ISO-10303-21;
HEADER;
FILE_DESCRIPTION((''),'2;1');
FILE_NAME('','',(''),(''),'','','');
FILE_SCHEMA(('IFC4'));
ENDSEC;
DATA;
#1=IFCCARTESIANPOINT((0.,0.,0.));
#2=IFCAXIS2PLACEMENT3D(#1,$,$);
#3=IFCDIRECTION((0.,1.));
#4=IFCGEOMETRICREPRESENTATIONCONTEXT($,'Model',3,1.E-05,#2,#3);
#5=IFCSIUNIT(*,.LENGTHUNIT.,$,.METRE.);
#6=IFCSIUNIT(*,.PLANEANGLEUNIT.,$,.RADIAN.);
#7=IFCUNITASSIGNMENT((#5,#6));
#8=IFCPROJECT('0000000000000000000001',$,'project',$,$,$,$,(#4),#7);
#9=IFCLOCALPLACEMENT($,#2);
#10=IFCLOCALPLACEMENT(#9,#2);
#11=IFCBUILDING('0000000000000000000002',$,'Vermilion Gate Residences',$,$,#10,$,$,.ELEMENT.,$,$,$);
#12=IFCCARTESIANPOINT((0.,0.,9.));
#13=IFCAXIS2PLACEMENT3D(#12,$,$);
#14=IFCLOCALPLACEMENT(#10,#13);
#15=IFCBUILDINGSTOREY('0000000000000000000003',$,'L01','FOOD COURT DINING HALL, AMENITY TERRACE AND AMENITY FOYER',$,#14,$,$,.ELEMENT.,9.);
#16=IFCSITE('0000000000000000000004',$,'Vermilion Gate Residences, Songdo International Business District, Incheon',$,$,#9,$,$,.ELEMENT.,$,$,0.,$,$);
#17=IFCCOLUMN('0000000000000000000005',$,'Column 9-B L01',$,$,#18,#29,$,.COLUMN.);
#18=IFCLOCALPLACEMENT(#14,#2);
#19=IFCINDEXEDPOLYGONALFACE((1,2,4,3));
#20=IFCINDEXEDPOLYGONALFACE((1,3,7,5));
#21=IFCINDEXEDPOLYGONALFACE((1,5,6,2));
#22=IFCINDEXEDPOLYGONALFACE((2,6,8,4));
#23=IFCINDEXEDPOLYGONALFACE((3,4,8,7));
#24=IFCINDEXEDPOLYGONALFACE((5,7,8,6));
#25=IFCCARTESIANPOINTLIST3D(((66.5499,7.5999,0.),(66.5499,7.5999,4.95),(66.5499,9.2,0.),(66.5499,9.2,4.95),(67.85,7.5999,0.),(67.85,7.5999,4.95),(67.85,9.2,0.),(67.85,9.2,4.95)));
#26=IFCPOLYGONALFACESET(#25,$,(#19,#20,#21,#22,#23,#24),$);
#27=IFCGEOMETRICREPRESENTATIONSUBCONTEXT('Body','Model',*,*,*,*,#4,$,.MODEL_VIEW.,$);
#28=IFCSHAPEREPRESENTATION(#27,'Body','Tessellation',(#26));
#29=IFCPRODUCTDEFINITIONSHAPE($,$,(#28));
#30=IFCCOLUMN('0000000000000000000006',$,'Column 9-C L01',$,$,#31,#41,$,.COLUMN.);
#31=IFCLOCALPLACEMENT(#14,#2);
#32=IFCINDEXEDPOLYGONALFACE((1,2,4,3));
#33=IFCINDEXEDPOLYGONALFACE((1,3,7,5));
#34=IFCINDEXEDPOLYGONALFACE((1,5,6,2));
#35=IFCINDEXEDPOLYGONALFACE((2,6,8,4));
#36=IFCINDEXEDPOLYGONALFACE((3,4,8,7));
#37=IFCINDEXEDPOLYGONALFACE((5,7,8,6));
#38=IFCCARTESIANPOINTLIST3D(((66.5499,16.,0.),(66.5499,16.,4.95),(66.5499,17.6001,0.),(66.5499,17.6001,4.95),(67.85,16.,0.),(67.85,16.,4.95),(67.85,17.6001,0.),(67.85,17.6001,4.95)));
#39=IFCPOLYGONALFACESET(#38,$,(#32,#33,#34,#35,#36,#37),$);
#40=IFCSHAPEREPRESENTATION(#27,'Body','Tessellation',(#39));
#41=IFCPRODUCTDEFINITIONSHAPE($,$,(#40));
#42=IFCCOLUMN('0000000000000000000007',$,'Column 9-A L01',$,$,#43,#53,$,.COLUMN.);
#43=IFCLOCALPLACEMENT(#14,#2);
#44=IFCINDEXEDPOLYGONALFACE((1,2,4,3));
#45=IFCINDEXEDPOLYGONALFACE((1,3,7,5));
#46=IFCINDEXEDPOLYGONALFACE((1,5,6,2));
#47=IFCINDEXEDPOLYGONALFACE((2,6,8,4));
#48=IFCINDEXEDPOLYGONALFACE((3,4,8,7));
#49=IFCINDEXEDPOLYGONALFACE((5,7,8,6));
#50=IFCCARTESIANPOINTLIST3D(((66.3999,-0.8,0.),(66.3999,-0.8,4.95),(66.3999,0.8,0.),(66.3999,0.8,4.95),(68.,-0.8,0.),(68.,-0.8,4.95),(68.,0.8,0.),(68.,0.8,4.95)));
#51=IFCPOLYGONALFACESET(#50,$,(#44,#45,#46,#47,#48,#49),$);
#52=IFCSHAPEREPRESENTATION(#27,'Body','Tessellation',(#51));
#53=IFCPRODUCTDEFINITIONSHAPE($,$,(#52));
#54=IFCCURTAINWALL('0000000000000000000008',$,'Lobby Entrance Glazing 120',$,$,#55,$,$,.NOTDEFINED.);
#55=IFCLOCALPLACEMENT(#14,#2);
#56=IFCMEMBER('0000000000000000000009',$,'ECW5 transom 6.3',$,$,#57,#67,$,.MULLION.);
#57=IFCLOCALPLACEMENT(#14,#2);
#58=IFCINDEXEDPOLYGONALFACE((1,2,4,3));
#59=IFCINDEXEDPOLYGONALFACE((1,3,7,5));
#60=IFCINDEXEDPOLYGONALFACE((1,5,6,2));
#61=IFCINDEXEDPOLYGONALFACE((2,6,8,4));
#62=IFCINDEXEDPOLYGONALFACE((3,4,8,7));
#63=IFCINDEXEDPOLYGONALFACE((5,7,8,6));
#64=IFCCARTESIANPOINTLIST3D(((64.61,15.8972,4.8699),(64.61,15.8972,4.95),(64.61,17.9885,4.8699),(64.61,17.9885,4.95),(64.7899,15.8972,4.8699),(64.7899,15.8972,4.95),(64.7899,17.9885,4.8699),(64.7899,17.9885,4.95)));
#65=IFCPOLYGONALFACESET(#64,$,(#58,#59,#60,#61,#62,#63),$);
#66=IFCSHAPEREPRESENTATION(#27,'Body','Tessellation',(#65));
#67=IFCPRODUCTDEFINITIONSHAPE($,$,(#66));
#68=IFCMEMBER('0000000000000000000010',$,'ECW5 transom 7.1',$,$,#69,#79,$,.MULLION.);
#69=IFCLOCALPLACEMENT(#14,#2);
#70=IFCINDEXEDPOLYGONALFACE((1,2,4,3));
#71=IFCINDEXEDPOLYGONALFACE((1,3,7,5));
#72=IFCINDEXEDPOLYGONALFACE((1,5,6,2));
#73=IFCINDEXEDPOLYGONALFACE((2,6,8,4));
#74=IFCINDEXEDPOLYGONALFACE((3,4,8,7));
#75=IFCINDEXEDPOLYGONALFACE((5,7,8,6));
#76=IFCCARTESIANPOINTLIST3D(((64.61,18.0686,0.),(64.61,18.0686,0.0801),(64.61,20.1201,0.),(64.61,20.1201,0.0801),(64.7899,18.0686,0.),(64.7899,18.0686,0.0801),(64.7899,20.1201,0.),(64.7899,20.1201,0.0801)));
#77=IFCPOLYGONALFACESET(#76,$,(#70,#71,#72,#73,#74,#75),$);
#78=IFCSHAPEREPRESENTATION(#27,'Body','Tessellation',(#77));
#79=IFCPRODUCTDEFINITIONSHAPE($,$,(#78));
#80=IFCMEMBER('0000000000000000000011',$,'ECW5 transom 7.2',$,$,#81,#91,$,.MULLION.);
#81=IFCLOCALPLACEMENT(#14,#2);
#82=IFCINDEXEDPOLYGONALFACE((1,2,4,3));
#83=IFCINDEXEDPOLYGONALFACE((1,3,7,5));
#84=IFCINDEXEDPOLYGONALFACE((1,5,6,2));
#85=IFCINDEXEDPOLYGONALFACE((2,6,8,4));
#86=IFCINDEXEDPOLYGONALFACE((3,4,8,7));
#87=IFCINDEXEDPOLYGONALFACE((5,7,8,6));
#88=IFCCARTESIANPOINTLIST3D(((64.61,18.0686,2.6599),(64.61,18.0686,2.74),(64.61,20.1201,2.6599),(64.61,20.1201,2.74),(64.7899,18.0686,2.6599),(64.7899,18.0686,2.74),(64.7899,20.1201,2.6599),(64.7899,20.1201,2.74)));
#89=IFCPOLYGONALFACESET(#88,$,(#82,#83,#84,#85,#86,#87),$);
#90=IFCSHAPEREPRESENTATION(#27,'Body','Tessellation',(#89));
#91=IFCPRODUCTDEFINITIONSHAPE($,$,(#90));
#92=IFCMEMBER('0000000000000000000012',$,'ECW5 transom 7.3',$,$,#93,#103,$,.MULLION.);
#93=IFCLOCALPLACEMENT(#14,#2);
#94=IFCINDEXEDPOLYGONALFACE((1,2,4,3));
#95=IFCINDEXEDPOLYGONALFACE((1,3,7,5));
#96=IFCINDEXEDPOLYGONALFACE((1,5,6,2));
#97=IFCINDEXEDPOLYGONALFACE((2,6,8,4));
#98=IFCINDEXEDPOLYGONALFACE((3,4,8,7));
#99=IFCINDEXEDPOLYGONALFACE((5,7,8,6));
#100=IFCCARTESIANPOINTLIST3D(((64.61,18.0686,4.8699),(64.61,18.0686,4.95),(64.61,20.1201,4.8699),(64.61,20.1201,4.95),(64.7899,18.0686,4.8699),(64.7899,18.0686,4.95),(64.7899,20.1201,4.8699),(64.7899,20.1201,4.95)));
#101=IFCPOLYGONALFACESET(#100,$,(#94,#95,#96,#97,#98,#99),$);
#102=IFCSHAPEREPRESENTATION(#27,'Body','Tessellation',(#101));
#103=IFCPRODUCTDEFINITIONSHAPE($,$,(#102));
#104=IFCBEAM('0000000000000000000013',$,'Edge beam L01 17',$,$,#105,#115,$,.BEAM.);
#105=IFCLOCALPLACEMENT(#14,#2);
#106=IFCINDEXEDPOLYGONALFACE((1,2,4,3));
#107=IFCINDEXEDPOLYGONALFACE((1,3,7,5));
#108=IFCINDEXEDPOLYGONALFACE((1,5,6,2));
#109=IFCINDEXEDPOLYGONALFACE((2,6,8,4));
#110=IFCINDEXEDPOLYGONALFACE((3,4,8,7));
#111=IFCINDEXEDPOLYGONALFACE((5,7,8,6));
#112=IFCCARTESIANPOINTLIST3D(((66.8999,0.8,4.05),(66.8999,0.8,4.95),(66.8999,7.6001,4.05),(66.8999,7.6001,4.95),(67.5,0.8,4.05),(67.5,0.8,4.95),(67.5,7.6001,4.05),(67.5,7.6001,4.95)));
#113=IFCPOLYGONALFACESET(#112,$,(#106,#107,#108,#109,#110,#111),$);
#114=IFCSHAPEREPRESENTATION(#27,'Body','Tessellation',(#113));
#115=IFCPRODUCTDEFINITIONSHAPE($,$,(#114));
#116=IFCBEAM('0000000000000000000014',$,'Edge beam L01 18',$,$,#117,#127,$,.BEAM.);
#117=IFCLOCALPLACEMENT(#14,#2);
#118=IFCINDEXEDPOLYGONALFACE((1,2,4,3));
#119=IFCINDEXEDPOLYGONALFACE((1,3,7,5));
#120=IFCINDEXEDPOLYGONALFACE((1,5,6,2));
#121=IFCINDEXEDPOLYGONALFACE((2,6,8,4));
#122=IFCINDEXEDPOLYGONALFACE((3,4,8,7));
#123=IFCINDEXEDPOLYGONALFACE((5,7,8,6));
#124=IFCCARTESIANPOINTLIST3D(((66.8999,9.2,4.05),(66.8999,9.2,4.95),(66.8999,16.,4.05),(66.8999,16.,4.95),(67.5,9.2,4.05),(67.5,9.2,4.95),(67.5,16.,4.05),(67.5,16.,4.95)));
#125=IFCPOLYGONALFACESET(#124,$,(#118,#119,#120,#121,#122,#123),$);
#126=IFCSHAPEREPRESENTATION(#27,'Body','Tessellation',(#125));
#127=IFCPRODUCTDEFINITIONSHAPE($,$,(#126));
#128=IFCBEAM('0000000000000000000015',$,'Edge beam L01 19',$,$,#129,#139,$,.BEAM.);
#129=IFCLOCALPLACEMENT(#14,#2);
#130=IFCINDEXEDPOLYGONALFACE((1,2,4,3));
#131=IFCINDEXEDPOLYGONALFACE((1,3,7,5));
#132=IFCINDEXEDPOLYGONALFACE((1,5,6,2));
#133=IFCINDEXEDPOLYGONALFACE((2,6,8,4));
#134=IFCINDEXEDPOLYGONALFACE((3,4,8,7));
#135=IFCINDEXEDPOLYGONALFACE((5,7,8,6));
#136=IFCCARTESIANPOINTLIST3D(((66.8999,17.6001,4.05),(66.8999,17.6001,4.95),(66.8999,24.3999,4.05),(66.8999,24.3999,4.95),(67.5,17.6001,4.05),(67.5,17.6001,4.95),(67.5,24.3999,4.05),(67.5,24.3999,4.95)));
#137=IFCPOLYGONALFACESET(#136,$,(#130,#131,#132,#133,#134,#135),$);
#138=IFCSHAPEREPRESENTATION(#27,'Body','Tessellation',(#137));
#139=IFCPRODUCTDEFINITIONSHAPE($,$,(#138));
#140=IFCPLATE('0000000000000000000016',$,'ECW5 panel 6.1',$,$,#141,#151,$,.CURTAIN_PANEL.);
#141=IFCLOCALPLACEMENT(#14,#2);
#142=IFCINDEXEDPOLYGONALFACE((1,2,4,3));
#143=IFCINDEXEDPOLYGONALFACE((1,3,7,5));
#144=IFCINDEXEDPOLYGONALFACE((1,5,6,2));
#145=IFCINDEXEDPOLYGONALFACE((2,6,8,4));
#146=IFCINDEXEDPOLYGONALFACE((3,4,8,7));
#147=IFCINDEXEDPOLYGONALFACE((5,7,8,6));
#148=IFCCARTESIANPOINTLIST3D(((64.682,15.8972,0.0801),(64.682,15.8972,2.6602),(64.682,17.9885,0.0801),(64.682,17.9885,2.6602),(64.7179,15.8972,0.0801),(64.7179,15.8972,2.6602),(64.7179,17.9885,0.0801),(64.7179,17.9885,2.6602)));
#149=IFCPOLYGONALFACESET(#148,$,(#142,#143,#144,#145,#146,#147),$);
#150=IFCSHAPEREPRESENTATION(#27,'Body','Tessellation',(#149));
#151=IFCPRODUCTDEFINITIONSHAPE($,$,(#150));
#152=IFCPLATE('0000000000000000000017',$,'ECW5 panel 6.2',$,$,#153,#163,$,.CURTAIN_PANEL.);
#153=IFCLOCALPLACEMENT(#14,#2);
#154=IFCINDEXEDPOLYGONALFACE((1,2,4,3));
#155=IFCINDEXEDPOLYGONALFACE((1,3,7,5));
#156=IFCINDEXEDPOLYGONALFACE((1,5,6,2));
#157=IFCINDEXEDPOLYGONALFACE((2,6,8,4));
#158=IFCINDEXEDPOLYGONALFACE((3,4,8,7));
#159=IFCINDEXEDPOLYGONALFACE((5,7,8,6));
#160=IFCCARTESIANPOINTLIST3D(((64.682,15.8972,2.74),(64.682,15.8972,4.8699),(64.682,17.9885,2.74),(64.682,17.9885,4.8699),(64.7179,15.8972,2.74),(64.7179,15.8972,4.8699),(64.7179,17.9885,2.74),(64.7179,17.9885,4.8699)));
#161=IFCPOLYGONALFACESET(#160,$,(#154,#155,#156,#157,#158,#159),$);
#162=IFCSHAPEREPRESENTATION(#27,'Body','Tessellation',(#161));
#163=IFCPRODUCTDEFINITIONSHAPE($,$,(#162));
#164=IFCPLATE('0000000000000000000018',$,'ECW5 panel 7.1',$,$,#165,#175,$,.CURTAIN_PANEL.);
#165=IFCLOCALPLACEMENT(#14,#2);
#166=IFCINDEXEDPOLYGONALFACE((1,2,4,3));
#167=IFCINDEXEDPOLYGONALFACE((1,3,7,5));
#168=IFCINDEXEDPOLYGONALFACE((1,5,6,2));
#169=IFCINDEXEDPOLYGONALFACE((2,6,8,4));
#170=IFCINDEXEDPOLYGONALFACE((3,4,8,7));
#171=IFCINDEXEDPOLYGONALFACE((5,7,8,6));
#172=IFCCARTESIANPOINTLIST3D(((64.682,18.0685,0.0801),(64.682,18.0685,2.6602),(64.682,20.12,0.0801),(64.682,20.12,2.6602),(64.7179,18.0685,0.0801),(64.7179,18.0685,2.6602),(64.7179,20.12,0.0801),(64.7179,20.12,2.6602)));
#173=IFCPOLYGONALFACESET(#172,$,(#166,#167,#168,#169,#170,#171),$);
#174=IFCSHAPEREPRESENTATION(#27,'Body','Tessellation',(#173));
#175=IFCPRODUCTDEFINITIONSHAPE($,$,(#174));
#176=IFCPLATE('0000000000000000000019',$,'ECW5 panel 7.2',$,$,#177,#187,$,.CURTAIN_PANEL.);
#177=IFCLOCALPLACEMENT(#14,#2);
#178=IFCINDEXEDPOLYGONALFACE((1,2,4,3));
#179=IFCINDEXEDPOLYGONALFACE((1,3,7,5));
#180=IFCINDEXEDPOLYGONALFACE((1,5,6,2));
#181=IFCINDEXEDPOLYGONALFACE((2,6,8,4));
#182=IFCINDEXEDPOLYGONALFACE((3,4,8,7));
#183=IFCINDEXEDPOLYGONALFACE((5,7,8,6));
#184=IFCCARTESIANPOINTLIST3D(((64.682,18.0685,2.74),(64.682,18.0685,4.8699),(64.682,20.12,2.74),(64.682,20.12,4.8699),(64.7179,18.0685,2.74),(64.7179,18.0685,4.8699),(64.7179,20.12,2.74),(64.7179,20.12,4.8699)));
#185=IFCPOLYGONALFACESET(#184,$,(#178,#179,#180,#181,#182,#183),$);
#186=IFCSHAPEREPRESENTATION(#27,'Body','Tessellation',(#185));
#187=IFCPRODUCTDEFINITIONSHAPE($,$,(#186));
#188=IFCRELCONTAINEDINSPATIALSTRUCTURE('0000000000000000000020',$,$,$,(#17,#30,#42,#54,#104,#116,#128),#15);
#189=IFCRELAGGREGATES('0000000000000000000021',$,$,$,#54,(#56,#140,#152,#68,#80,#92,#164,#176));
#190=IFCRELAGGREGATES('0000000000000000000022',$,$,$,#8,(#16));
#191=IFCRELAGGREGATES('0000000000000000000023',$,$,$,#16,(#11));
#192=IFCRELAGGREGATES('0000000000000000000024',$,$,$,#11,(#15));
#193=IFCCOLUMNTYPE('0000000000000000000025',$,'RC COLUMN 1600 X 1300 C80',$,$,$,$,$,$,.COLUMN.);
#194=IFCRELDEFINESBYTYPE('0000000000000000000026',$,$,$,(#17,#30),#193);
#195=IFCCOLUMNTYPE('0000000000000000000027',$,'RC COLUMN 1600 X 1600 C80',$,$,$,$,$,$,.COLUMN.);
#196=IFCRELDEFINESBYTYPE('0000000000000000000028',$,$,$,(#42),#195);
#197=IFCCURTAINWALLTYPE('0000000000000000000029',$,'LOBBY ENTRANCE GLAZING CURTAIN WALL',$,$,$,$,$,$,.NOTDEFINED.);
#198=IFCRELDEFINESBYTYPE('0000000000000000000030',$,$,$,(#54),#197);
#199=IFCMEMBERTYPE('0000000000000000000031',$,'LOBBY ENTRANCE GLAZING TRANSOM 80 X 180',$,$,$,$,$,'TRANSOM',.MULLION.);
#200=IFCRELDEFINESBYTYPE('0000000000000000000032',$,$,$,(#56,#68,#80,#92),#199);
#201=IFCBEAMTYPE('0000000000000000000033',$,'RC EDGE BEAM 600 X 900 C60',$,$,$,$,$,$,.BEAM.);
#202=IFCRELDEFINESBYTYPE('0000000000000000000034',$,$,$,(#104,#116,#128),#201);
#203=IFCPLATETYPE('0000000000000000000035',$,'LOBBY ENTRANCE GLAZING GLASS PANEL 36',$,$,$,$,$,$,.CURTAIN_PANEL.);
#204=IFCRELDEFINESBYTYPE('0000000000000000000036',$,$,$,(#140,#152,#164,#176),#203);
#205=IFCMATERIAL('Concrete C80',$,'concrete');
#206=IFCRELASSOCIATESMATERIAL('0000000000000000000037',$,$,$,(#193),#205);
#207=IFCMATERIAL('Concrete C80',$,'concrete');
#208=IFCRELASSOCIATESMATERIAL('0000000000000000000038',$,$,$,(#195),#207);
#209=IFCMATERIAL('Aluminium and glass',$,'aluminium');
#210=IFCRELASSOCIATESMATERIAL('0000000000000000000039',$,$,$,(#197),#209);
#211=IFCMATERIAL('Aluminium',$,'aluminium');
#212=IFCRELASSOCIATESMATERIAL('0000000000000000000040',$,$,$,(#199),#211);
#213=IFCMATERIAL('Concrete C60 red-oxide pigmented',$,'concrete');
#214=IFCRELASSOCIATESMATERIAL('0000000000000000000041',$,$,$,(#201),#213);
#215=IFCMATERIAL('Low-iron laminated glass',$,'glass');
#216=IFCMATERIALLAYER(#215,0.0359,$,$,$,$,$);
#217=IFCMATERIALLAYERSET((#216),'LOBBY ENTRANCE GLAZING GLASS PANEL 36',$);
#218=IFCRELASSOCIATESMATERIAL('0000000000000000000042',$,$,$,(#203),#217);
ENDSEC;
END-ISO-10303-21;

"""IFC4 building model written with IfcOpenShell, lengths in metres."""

from ifc_helpers import new_model, si_unit, direction, frame, origin, origin_2d, place, context, subcontext, project, spatial, rectangle, extrude, material, layer, layer_set, material_profile, profile_set, type_object, element, aggregate, save


model = new_model("IFC4")

# Units and contexts
model_context = context("Model", 3, precision=1e-05, world=origin(), true_north=direction((0.0, 1.0)))
body_context = subcontext(model_context, "Body", "Model", "MODEL_VIEW")
ifc_project = project(units=[si_unit("LENGTHUNIT", "METRE"), si_unit("PLANEANGLEUNIT", "RADIAN")], contexts=[model_context])

# Site, building, storey
site_placement = place(None, origin())
site = spatial("IfcSite", under=ifc_project, at=site_placement, Name="Vermilion Gate Residences, Songdo International Business District, Incheon", CompositionType="ELEMENT", RefElevation=0.0)
building_placement = place(site_placement, origin())
building = spatial("IfcBuilding", under=site, at=building_placement, Name="Vermilion Gate Residences", CompositionType="ELEMENT")
storey_placement = place(building_placement, frame((0.0, 0.0, 9.0)))
storey = spatial("IfcBuildingStorey", under=building, at=storey_placement, Name="L01", Description="FOOD COURT DINING HALL, AMENITY TERRACE AND AMENITY FOYER", CompositionType="ELEMENT", Elevation=9.0)

# Columns
ifc_material_1 = material(Name="Concrete C80", Category="concrete")
ifc_material_profile_1 = material_profile(ifc_material_1, rectangle(XDim=1.6001, YDim=1.3, at=origin_2d()), Name="RC-1600x1300")
ifc_profile_set_1 = profile_set([ifc_material_profile_1], Name="Concrete C80")
column_type_1 = type_object("IfcColumnType", Name="RC COLUMN 1600 X 1300 C80", PredefinedType="COLUMN", material=ifc_profile_set_1)
for number, where, z_axis, x_axis, name in (
    (1, (67.2, 8.3999, 0.0), (0.0, 0.0, 1.0), (0.0, 1.0, 0.0), "Column 9-B L01"),
    (2, (67.2, 16.8, 0.0), (0.0, 0.0, 1.0), (0.0, 1.0, 0.0), "Column 9-C L01"),
):
    element("IfcColumn", number, at=place(storey_placement, frame(where, z_axis=z_axis, x_axis=x_axis)), inside=storey, type_object=column_type_1, Name=name, PredefinedType="COLUMN", context=body_context, shape_type="SweptSolid", body=[
        extrude(rectangle(XDim=1.6001, YDim=1.3, at=origin_2d()), origin(), (0.0, 0.0, 1.0), 4.95),
    ])
ifc_material_2 = material(Name="Concrete C80", Category="concrete")
ifc_material_profile_2 = material_profile(ifc_material_2, rectangle(XDim=1.6001, YDim=1.6001, at=origin_2d()), Name="RC-1600x1600")
ifc_profile_set_2 = profile_set([ifc_material_profile_2], Name="Concrete C80")
column_type_2 = type_object("IfcColumnType", Name="RC COLUMN 1600 X 1600 C80", PredefinedType="COLUMN", material=ifc_profile_set_2)
column_placement = place(storey_placement, frame((67.2, 0.0, 0.0), z_axis=(0.0, 0.0, 1.0), x_axis=(1.0, 0.0, 0.0)))
element("IfcColumn", 3, at=column_placement, inside=storey, type_object=column_type_2, Name="Column 9-A L01", PredefinedType="COLUMN", context=body_context, shape_type="SweptSolid", body=[
    extrude(rectangle(XDim=1.6001, YDim=1.6001, at=origin_2d()), origin(), (0.0, 0.0, 1.0), 4.95),
])

# Curtain wall, members
ifc_material_3 = material(Name="Aluminium and glass", Category="aluminium")
curtain_wall_type = type_object("IfcCurtainWallType", Name="LOBBY ENTRANCE GLAZING CURTAIN WALL", PredefinedType="NOTDEFINED", material=ifc_material_3)
curtain_wall_placement = place(storey_placement, origin())
curtain_wall = element("IfcCurtainWall", 4, at=curtain_wall_placement, inside=storey, type_object=curtain_wall_type, Name="Lobby Entrance Glazing 120", PredefinedType="NOTDEFINED")
ifc_material_4 = material(Name="Aluminium", Category="aluminium")
ifc_material_profile_3 = material_profile(ifc_material_4, rectangle(XDim=0.1799, YDim=0.0801, at=origin_2d()), Name="TRANSOM 80 X 180")
ifc_profile_set_3 = profile_set([ifc_material_profile_3], Name="Aluminium")
member_type = type_object("IfcMemberType", Name="LOBBY ENTRANCE GLAZING TRANSOM 80 X 180", ElementType="TRANSOM", PredefinedType="MULLION", material=ifc_profile_set_3)
member_1_placement = place(storey_placement, frame((64.7, 15.8972, 4.9099), z_axis=(0.0, 1.0, 0.0), x_axis=(-1.0, 0.0, 0.0)))
member_1 = element("IfcMember", 5, at=member_1_placement, type_object=member_type, Name="ECW5 transom 6.3", PredefinedType="MULLION", context=body_context, shape_type="SweptSolid", body=[
    extrude(rectangle(XDim=0.1799, YDim=0.0801, at=origin_2d()), origin(), (0.0, 0.0, 1.0), 2.0913),
])
member_2_placement = place(storey_placement, frame((64.7, 18.0686, 0.04), z_axis=(0.0, 1.0, 0.0), x_axis=(-1.0, 0.0, 0.0)))
member_2 = element("IfcMember", 6, at=member_2_placement, type_object=member_type, Name="ECW5 transom 7.1", PredefinedType="MULLION", context=body_context, shape_type="SweptSolid", body=[
    extrude(rectangle(XDim=0.1799, YDim=0.0801, at=origin_2d()), origin(), (0.0, 0.0, 1.0), 2.0515),
])
member_3_placement = place(storey_placement, frame((64.7, 18.0686, 2.7), z_axis=(0.0, 1.0, 0.0), x_axis=(-1.0, 0.0, 0.0)))
member_3 = element("IfcMember", 7, at=member_3_placement, type_object=member_type, Name="ECW5 transom 7.2", PredefinedType="MULLION", context=body_context, shape_type="SweptSolid", body=[
    extrude(rectangle(XDim=0.1799, YDim=0.0801, at=origin_2d()), origin(), (0.0, 0.0, 1.0), 2.0515),
])
member_4_placement = place(storey_placement, frame((64.7, 18.0686, 4.9099), z_axis=(0.0, 1.0, 0.0), x_axis=(-1.0, 0.0, 0.0)))
member_4 = element("IfcMember", 8, at=member_4_placement, type_object=member_type, Name="ECW5 transom 7.3", PredefinedType="MULLION", context=body_context, shape_type="SweptSolid", body=[
    extrude(rectangle(XDim=0.1799, YDim=0.0801, at=origin_2d()), origin(), (0.0, 0.0, 1.0), 2.0515),
])

# Beams
ifc_material_5 = material(Name="Concrete C60 red-oxide pigmented", Category="concrete")
ifc_material_profile_4 = material_profile(ifc_material_5, rectangle(XDim=0.6001, YDim=0.8999, at=origin_2d()), Name="RC-600x900")
ifc_profile_set_4 = profile_set([ifc_material_profile_4], Name="Concrete C60 red-oxide pigmented")
beam_type = type_object("IfcBeamType", Name="RC EDGE BEAM 600 X 900 C60", PredefinedType="BEAM", material=ifc_profile_set_4)
for number, where, z_axis, x_axis, name in (
    (9, (67.2, 0.8, 4.5), (0.0, 1.0, 0.0), (-1.0, 0.0, 0.0), "Edge beam L01 17"),
    (10, (67.2, 9.2, 4.5), (0.0, 1.0, 0.0), (-1.0, 0.0, 0.0), "Edge beam L01 18"),
):
    element("IfcBeam", number, at=place(storey_placement, frame(where, z_axis=z_axis, x_axis=x_axis)), inside=storey, type_object=beam_type, Name=name, PredefinedType="BEAM", context=body_context, shape_type="SweptSolid", body=[
        extrude(rectangle(XDim=0.6001, YDim=0.8999, at=origin_2d()), origin(), (0.0, 0.0, 1.0), 6.8),
    ])
beam_placement = place(storey_placement, frame((67.2, 17.6001, 4.5), z_axis=(0.0, 1.0, 0.0), x_axis=(-1.0, 0.0, 0.0)))
element("IfcBeam", 11, at=beam_placement, inside=storey, type_object=beam_type, Name="Edge beam L01 19", PredefinedType="BEAM", context=body_context, shape_type="SweptSolid", body=[
    extrude(rectangle(XDim=0.6001, YDim=0.8999, at=origin_2d()), origin(), (0.0, 0.0, 1.0), 6.7998),
])

# Plates
ifc_material_6 = material(Name="Low-iron laminated glass", Category="glass")
ifc_layer_1 = layer(ifc_material_6, 0.0359)
ifc_layer_set_1 = layer_set([ifc_layer_1], Name="LOBBY ENTRANCE GLAZING GLASS PANEL 36")
plate_type = type_object("IfcPlateType", Name="LOBBY ENTRANCE GLAZING GLASS PANEL 36", PredefinedType="CURTAIN_PANEL", material=ifc_layer_set_1)
plate_1_placement = place(storey_placement, frame((64.7, 16.9429, 0.0801), z_axis=(0.0, 0.0, 1.0), x_axis=(0.0, 1.0, 0.0)))
plate_1 = element("IfcPlate", 12, at=plate_1_placement, type_object=plate_type, Name="ECW5 panel 6.1", PredefinedType="CURTAIN_PANEL", context=body_context, shape_type="SweptSolid", body=[
    extrude(rectangle(XDim=2.0913, YDim=0.0359, at=origin_2d()), origin(), (0.0, 0.0, 1.0), 2.5801),
])
plate_2_placement = place(storey_placement, frame((64.7, 16.9429, 2.74), z_axis=(0.0, 0.0, 1.0), x_axis=(0.0, 1.0, 0.0)))
plate_2 = element("IfcPlate", 13, at=plate_2_placement, type_object=plate_type, Name="ECW5 panel 6.2", PredefinedType="CURTAIN_PANEL", context=body_context, shape_type="SweptSolid", body=[
    extrude(rectangle(XDim=2.0913, YDim=0.0359, at=origin_2d()), origin(), (0.0, 0.0, 1.0), 2.1299),
])
plate_3_placement = place(storey_placement, frame((64.7, 19.0942, 0.0801), z_axis=(0.0, 0.0, 1.0), x_axis=(0.0, 1.0, 0.0)))
plate_3 = element("IfcPlate", 14, at=plate_3_placement, type_object=plate_type, Name="ECW5 panel 7.1", PredefinedType="CURTAIN_PANEL", context=body_context, shape_type="SweptSolid", body=[
    extrude(rectangle(XDim=2.0515, YDim=0.0359, at=origin_2d()), origin(), (0.0, 0.0, 1.0), 2.5801),
])
plate_4_placement = place(storey_placement, frame((64.7, 19.0942, 2.74), z_axis=(0.0, 0.0, 1.0), x_axis=(0.0, 1.0, 0.0)))
plate_4 = element("IfcPlate", 15, at=plate_4_placement, type_object=plate_type, Name="ECW5 panel 7.2", PredefinedType="CURTAIN_PANEL", context=body_context, shape_type="SweptSolid", body=[
    extrude(rectangle(XDim=2.0515, YDim=0.0359, at=origin_2d()), origin(), (0.0, 0.0, 1.0), 2.1299),
])
aggregate(curtain_wall, [member_1, plate_1, plate_2, member_2, member_3, member_4, plate_3, plate_4])

save(model, "model.ifc")
